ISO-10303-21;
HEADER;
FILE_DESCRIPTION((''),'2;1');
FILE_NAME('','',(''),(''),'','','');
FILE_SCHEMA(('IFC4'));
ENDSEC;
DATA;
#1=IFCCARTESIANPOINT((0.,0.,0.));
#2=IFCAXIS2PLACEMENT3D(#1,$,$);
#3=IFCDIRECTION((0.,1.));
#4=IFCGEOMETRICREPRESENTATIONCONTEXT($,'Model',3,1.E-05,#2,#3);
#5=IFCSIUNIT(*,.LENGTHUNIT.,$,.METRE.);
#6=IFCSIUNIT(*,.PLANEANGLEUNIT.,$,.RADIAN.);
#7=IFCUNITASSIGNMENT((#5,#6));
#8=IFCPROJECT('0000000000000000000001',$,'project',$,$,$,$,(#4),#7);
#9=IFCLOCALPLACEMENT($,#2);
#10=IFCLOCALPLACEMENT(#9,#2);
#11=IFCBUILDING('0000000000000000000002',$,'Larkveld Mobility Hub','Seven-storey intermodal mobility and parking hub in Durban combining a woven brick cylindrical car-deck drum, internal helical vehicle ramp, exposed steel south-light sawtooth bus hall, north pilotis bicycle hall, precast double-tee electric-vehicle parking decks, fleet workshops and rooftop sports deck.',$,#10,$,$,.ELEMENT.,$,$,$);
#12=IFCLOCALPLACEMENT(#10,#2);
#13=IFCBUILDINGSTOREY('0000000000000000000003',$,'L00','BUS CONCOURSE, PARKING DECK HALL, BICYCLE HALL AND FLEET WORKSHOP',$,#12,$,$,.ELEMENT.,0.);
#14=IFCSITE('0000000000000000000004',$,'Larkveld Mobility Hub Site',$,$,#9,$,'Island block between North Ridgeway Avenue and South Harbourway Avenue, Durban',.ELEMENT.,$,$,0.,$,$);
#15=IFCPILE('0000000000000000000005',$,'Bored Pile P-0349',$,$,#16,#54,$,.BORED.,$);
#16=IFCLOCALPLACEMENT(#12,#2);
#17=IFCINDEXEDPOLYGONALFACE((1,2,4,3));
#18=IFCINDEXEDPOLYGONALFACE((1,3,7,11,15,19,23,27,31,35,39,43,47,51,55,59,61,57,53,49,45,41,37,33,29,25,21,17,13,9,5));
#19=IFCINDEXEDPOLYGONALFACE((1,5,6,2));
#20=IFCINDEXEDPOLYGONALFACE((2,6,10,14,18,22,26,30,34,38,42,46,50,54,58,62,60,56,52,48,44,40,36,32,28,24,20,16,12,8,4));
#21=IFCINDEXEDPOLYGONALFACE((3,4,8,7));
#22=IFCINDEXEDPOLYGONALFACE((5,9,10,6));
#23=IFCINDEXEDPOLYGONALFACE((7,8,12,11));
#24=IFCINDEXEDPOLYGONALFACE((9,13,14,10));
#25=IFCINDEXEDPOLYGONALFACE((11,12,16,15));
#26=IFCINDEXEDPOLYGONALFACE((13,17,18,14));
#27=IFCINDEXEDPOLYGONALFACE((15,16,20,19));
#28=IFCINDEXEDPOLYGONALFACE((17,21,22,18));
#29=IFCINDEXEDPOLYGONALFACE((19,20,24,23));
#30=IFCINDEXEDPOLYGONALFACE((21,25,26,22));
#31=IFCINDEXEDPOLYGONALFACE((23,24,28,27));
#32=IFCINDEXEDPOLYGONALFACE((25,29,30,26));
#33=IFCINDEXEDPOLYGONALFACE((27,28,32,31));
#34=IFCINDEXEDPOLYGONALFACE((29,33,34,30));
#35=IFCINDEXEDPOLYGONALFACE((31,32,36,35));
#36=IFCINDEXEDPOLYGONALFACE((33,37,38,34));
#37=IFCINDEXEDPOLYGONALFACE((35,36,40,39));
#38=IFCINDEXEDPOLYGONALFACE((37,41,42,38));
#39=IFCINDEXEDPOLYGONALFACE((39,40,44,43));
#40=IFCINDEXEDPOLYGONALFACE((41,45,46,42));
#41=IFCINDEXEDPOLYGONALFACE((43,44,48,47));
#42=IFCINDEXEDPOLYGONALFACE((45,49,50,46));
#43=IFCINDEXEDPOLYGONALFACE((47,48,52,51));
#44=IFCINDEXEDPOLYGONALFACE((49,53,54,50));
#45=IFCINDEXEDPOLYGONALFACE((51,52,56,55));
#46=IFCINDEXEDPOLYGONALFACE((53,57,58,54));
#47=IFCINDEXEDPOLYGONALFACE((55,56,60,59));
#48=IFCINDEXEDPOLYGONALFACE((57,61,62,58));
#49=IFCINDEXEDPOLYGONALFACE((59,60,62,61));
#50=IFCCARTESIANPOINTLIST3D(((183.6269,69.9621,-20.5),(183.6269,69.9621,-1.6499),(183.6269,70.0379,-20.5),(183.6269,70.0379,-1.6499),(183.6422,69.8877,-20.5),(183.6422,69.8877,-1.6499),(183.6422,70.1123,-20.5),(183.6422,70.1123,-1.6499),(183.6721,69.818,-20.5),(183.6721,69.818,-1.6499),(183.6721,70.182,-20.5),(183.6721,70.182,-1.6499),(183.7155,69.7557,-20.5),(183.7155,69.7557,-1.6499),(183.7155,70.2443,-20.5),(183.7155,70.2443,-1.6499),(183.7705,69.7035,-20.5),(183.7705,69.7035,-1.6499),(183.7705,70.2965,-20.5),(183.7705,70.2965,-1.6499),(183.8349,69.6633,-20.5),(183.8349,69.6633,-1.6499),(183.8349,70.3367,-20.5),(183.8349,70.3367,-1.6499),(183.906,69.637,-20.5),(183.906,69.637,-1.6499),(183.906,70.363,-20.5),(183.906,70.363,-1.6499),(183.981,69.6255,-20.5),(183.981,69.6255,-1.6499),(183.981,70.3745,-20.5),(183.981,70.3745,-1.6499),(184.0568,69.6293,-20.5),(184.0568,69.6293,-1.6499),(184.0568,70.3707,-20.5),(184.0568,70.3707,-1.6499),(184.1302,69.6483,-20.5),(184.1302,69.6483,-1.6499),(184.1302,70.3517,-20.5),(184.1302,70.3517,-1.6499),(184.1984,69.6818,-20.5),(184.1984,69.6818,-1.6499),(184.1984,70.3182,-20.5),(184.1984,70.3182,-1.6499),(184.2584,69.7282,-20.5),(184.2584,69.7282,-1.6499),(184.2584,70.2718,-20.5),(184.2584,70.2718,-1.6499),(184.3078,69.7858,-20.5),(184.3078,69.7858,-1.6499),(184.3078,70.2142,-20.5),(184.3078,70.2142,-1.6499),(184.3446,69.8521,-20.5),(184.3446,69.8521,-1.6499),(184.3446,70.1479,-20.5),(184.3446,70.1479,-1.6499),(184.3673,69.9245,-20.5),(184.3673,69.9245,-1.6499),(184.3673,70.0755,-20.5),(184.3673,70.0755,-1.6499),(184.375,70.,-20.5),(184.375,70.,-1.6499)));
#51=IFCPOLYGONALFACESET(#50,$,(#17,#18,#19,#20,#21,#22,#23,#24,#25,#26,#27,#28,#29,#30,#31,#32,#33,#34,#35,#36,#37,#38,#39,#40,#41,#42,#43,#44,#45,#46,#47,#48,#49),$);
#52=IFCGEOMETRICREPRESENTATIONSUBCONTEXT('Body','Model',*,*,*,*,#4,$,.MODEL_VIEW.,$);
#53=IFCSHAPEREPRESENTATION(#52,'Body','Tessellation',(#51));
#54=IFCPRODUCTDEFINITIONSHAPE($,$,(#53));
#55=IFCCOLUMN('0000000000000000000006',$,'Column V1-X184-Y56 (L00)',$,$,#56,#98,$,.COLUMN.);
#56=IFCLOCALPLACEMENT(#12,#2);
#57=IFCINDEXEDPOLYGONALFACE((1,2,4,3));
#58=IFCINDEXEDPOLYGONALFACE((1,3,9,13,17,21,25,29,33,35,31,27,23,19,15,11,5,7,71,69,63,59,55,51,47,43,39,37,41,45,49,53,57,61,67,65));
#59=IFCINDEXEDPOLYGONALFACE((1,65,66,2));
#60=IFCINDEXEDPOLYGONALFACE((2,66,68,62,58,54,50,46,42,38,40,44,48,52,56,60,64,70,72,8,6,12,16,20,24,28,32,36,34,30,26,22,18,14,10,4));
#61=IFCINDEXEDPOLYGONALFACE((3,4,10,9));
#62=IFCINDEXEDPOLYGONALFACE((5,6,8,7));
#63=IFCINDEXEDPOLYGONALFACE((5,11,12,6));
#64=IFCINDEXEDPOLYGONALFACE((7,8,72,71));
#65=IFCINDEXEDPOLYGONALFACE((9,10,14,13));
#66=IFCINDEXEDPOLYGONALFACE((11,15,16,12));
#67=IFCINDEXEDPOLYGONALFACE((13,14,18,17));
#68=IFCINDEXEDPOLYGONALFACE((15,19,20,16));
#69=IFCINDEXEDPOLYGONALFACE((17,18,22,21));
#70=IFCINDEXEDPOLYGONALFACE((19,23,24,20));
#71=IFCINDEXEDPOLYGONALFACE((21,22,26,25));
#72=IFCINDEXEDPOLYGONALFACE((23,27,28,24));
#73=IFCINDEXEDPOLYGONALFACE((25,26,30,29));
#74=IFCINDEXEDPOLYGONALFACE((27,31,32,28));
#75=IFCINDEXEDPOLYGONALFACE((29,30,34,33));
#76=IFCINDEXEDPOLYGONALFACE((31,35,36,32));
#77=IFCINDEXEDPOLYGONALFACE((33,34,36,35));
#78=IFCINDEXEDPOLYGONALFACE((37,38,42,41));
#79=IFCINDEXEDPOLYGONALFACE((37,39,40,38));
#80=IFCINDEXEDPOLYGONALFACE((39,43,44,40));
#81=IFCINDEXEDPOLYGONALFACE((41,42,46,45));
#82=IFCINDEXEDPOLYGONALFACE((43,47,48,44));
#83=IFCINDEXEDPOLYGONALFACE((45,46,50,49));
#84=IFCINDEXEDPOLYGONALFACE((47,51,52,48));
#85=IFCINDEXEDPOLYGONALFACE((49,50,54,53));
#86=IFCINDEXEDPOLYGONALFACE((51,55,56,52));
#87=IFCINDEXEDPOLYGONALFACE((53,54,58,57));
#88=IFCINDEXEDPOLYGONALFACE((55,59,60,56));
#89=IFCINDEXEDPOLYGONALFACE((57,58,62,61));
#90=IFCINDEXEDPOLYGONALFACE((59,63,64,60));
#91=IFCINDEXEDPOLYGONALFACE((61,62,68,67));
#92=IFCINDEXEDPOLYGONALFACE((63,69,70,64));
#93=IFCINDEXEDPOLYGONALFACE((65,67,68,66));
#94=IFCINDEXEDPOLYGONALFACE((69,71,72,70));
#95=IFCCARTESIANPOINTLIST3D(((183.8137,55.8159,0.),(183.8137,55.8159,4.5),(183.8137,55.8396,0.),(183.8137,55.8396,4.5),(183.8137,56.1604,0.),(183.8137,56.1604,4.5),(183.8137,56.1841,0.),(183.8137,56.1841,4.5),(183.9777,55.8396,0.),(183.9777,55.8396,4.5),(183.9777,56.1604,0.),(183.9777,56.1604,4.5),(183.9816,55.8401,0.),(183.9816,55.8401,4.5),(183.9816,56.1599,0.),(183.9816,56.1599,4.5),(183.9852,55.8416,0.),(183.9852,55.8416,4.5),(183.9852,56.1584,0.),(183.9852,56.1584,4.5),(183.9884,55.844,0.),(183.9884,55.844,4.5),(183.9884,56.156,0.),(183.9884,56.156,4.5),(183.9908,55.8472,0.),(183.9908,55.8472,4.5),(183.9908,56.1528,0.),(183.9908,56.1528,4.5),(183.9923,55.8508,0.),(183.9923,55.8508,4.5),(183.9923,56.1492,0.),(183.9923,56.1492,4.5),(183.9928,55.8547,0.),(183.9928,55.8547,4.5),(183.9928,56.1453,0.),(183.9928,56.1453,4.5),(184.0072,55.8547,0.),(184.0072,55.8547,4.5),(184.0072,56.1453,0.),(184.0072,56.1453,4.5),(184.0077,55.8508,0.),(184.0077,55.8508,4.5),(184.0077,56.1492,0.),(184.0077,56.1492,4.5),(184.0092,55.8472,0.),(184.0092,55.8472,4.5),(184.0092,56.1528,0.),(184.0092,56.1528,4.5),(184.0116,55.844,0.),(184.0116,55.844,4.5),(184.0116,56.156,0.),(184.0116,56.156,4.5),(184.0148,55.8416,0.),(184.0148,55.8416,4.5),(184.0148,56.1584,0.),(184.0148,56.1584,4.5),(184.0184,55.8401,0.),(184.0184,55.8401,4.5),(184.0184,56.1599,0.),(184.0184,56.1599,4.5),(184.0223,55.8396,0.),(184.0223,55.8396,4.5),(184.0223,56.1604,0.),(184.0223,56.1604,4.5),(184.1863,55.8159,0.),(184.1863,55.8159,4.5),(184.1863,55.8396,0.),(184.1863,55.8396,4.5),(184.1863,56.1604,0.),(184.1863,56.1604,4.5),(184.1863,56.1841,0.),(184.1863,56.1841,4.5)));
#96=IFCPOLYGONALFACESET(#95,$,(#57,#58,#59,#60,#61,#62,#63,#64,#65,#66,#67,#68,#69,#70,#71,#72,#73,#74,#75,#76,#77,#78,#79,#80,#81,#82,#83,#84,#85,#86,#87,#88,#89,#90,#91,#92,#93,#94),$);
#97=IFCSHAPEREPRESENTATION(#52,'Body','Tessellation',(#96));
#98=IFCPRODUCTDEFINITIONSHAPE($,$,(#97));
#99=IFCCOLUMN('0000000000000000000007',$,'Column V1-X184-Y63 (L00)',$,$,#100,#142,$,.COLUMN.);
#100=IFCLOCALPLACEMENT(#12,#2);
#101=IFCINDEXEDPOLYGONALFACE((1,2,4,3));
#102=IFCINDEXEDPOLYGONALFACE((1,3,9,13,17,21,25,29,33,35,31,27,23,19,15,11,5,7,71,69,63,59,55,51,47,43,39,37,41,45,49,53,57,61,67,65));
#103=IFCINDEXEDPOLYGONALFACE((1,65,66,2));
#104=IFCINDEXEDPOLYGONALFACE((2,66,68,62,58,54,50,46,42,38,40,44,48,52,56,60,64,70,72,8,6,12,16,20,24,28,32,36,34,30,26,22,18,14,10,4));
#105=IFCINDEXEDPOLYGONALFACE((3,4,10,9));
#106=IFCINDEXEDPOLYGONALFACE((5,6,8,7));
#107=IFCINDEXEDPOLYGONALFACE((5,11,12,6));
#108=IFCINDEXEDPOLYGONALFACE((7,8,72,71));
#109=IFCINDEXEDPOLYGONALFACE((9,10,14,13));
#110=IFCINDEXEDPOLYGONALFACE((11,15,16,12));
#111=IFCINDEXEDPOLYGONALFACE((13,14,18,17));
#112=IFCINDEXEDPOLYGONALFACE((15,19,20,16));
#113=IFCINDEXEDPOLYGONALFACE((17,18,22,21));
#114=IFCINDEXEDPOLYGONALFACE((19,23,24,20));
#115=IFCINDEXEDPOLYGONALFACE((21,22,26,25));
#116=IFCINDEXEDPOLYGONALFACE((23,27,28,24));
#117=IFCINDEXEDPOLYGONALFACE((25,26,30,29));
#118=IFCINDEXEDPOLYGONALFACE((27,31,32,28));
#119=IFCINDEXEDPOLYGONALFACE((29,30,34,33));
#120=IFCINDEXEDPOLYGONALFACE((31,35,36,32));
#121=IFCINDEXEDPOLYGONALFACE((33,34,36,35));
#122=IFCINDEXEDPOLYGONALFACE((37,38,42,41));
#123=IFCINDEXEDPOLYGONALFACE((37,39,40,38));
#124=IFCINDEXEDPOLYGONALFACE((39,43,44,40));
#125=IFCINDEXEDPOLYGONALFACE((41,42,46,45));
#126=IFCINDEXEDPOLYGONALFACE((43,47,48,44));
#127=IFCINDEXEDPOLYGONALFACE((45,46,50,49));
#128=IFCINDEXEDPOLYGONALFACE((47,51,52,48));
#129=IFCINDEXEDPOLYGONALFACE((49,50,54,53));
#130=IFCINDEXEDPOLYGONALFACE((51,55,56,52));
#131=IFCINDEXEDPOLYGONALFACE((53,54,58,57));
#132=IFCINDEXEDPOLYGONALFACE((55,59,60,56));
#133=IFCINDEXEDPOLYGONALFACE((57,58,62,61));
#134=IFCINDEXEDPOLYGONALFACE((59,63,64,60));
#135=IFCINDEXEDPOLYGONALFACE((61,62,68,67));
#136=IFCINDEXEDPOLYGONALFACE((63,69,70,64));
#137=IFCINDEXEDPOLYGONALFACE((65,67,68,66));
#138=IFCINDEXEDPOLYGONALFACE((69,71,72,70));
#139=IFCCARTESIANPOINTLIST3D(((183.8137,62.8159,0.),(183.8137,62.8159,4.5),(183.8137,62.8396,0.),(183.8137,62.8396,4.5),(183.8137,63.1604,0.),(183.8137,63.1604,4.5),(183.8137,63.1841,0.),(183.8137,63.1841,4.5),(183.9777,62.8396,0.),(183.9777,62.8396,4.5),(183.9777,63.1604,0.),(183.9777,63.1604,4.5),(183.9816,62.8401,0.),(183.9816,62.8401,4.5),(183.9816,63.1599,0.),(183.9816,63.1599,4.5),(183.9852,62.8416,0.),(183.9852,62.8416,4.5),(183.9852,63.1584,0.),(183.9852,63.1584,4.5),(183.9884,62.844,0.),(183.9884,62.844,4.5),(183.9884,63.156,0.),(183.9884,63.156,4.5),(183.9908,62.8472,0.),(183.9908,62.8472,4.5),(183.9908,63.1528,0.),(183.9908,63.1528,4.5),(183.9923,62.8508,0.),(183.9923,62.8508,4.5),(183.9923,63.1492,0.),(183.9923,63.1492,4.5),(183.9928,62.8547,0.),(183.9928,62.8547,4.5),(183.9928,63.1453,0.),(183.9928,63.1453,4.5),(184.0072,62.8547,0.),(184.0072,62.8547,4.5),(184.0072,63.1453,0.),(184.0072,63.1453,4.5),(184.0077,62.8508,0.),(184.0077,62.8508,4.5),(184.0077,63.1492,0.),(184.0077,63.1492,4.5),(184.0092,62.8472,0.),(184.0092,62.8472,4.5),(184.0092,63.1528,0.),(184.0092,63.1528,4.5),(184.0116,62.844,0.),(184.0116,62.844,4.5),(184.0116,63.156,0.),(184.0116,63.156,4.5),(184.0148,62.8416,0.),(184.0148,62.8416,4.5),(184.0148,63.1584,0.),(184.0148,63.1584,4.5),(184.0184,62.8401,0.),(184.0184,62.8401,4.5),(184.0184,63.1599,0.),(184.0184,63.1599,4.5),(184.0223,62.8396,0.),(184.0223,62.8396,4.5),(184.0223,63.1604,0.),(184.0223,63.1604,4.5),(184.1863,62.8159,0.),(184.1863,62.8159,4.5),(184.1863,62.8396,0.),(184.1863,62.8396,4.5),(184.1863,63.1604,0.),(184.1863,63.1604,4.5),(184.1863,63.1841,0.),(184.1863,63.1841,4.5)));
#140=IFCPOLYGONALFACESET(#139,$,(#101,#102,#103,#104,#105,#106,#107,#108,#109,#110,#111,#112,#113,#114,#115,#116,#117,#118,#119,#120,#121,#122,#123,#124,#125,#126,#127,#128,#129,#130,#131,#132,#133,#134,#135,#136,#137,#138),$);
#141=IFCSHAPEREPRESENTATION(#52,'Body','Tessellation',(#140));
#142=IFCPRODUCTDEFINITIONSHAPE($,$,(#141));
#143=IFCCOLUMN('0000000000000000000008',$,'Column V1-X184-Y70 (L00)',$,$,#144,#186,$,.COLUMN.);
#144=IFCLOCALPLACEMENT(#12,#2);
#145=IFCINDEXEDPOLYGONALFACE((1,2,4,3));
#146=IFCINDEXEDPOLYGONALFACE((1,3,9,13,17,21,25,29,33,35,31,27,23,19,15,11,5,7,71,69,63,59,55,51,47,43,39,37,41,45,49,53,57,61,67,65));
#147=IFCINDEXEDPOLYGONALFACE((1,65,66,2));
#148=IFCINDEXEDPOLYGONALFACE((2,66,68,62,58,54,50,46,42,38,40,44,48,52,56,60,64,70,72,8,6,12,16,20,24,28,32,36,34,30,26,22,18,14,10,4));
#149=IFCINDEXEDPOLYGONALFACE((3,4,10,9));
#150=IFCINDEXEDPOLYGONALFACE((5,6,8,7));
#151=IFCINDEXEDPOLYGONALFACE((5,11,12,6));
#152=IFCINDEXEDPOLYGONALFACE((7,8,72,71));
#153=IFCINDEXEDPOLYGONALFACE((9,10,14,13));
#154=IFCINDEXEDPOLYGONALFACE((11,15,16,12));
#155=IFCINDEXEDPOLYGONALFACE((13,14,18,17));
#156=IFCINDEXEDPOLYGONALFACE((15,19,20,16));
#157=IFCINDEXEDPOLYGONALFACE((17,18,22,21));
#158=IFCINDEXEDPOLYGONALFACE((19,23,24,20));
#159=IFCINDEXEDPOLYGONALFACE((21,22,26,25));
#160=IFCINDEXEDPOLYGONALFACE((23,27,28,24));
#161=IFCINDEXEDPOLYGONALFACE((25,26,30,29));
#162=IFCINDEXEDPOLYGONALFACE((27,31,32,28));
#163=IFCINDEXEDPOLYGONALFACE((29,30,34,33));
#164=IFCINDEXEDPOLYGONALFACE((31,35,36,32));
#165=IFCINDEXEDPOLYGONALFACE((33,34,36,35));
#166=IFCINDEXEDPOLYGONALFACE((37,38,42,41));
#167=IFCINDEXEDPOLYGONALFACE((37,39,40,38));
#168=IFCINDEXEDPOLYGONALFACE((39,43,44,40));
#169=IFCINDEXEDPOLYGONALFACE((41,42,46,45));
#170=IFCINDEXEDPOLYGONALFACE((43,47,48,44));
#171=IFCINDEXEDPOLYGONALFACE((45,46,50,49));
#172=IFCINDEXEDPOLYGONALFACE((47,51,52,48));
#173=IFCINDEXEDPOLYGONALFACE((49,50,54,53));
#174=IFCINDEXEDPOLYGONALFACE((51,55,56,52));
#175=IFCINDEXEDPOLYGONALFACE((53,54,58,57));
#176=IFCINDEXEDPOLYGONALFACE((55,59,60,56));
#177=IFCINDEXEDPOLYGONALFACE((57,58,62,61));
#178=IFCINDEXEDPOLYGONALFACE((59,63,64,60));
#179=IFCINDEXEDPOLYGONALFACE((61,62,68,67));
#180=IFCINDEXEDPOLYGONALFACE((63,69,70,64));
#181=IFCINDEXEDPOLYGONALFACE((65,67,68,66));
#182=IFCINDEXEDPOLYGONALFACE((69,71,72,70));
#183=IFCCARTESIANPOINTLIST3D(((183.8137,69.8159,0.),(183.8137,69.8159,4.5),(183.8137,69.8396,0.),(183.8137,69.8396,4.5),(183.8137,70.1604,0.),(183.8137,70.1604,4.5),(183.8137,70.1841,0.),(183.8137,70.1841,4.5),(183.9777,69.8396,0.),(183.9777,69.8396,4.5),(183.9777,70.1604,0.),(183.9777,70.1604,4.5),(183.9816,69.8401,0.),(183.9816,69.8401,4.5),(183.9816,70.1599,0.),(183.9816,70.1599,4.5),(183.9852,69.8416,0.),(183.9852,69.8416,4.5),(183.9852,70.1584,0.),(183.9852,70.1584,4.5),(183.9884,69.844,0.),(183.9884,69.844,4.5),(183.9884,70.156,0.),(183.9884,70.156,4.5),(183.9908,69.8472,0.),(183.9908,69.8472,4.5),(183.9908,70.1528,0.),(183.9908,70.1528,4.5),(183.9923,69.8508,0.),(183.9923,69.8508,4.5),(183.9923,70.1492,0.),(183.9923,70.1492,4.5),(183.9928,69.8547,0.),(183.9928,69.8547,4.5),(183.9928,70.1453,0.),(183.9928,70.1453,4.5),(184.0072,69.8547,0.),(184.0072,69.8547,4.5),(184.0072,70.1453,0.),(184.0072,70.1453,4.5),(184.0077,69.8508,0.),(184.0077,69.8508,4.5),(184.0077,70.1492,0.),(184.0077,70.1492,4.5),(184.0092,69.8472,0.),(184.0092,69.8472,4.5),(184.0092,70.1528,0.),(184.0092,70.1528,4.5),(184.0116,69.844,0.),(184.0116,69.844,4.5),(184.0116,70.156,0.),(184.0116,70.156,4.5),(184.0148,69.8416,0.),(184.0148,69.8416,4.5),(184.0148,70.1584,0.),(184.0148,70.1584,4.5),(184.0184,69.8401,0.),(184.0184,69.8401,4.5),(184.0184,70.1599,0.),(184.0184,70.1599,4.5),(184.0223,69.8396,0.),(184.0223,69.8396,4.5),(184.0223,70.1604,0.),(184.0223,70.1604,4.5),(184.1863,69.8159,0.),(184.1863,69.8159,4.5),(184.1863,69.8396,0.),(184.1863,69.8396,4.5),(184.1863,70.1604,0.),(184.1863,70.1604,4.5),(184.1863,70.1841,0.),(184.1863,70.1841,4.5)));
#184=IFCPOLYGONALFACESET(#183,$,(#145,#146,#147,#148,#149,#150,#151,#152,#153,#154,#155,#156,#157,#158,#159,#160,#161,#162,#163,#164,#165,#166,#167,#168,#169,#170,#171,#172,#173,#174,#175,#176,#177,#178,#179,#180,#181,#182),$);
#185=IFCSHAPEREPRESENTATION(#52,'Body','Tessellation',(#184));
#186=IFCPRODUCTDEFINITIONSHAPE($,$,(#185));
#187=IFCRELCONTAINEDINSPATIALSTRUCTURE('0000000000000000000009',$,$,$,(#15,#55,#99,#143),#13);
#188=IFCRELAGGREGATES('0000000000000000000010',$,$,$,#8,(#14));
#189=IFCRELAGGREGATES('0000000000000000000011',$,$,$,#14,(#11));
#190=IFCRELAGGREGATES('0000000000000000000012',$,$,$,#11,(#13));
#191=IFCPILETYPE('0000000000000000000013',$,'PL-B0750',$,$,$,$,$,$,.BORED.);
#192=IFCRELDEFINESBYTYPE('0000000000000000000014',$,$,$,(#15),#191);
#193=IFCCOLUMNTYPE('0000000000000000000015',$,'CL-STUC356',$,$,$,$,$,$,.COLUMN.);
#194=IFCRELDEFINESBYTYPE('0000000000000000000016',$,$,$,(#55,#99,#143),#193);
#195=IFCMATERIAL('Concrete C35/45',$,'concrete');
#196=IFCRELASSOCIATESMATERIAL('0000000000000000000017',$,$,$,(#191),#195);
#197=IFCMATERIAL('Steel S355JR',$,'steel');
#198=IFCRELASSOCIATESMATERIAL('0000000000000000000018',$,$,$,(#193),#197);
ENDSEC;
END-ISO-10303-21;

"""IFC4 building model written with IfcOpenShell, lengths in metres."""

from ifc_helpers import new_model, si_unit, direction, frame, origin, origin_2d, place, context, subcontext, project, spatial, circle, i_section, extrude, material, material_profile, profile_set, type_object, element, save


model = new_model("IFC4")

# Units and contexts
model_context = context("Model", 3, precision=1e-05, world=origin(), true_north=direction((0.0, 1.0)))
body_context = subcontext(model_context, "Body", "Model", "MODEL_VIEW")
ifc_project = project(units=[si_unit("LENGTHUNIT", "METRE"), si_unit("PLANEANGLEUNIT", "RADIAN")], contexts=[model_context])

# Site, building, storey
site_placement = place(None, origin())
site = spatial("IfcSite", under=ifc_project, at=site_placement, Name="Larkveld Mobility Hub Site", LongName="Island block between North Ridgeway Avenue and South Harbourway Avenue, Durban", CompositionType="ELEMENT", RefElevation=0.0)
building_placement = place(site_placement, origin())
building = spatial("IfcBuilding", under=site, at=building_placement, Name="Larkveld Mobility Hub", Description="Seven-storey intermodal mobility and parking hub in Durban combining a woven brick cylindrical car-deck drum, internal helical vehicle ramp, exposed steel south-light sawtooth bus hall, north pilotis bicycle hall, precast double-tee electric-vehicle parking decks, fleet workshops and rooftop sports deck.", CompositionType="ELEMENT")
storey_placement = place(building_placement, origin())
storey = spatial("IfcBuildingStorey", under=building, at=storey_placement, Name="L00", Description="BUS CONCOURSE, PARKING DECK HALL, BICYCLE HALL AND FLEET WORKSHOP", CompositionType="ELEMENT", Elevation=0.0)

# Shared definitions
ifc_material_1 = material(Name="Concrete C35/45", Category="concrete")

# Pile
ifc_material_profile_1 = material_profile(ifc_material_1, circle(Radius=0.375, at=origin_2d()), Name="PILE D750")
ifc_profile_set_1 = profile_set([ifc_material_profile_1], Name="Concrete C35/45")
pile_type = type_object("IfcPileType", Name="PL-B0750", PredefinedType="BORED", material=ifc_profile_set_1)
pile_1_placement = place(storey_placement, frame((184.0, 70.0, -1.6499), z_axis=(0.0, 0.0, -1.0), x_axis=(1.0, 0.0, 0.0)))
element("IfcPile", 1, at=pile_1_placement, inside=storey, type_object=pile_type, Name="Bored Pile P-0349", PredefinedType="BORED", context=body_context, shape_type="SweptSolid", body=[
    extrude(circle(Radius=0.375, at=origin_2d()), origin(), (0.0, 0.0, 1.0), 18.8501),
])

# Columns
ifc_material_2 = material(Name="Steel S355JR", Category="steel")
ifc_material_profile_2 = material_profile(ifc_material_2, i_section(OverallWidth=0.3726, OverallDepth=0.3682, WebThickness=0.0144, FlangeThickness=0.0237, FilletRadius=0.0151, at=origin_2d()), Name="UC 356x368x177")
ifc_profile_set_2 = profile_set([ifc_material_profile_2], Name="Steel S355JR")
column_type = type_object("IfcColumnType", Name="CL-STUC356", PredefinedType="COLUMN", material=ifc_profile_set_2)
for number, where, z_axis, x_axis, name in (
    (2, (184.0, 56.0, 0.0), (0.0, 0.0, 1.0), (1.0, 0.0, 0.0), "Column V1-X184-Y56 (L00)"),
    (3, (184.0, 63.0, 0.0), (0.0, 0.0, 1.0), (1.0, 0.0, 0.0), "Column V1-X184-Y63 (L00)"),
    (4, (184.0, 70.0, 0.0), (0.0, 0.0, 1.0), (1.0, 0.0, 0.0), "Column V1-X184-Y70 (L00)"),
):
    element("IfcColumn", number, at=place(storey_placement, frame(where, z_axis=z_axis, x_axis=x_axis)), inside=storey, type_object=column_type, Name=name, PredefinedType="COLUMN", context=body_context, shape_type="SweptSolid", body=[
        extrude(i_section(OverallWidth=0.3726, OverallDepth=0.3682, WebThickness=0.0144, FlangeThickness=0.0237, FilletRadius=0.0151, at=origin_2d()), origin(), (0.0, 0.0, 1.0), 4.5),
    ])

save(model, "model.ifc")
